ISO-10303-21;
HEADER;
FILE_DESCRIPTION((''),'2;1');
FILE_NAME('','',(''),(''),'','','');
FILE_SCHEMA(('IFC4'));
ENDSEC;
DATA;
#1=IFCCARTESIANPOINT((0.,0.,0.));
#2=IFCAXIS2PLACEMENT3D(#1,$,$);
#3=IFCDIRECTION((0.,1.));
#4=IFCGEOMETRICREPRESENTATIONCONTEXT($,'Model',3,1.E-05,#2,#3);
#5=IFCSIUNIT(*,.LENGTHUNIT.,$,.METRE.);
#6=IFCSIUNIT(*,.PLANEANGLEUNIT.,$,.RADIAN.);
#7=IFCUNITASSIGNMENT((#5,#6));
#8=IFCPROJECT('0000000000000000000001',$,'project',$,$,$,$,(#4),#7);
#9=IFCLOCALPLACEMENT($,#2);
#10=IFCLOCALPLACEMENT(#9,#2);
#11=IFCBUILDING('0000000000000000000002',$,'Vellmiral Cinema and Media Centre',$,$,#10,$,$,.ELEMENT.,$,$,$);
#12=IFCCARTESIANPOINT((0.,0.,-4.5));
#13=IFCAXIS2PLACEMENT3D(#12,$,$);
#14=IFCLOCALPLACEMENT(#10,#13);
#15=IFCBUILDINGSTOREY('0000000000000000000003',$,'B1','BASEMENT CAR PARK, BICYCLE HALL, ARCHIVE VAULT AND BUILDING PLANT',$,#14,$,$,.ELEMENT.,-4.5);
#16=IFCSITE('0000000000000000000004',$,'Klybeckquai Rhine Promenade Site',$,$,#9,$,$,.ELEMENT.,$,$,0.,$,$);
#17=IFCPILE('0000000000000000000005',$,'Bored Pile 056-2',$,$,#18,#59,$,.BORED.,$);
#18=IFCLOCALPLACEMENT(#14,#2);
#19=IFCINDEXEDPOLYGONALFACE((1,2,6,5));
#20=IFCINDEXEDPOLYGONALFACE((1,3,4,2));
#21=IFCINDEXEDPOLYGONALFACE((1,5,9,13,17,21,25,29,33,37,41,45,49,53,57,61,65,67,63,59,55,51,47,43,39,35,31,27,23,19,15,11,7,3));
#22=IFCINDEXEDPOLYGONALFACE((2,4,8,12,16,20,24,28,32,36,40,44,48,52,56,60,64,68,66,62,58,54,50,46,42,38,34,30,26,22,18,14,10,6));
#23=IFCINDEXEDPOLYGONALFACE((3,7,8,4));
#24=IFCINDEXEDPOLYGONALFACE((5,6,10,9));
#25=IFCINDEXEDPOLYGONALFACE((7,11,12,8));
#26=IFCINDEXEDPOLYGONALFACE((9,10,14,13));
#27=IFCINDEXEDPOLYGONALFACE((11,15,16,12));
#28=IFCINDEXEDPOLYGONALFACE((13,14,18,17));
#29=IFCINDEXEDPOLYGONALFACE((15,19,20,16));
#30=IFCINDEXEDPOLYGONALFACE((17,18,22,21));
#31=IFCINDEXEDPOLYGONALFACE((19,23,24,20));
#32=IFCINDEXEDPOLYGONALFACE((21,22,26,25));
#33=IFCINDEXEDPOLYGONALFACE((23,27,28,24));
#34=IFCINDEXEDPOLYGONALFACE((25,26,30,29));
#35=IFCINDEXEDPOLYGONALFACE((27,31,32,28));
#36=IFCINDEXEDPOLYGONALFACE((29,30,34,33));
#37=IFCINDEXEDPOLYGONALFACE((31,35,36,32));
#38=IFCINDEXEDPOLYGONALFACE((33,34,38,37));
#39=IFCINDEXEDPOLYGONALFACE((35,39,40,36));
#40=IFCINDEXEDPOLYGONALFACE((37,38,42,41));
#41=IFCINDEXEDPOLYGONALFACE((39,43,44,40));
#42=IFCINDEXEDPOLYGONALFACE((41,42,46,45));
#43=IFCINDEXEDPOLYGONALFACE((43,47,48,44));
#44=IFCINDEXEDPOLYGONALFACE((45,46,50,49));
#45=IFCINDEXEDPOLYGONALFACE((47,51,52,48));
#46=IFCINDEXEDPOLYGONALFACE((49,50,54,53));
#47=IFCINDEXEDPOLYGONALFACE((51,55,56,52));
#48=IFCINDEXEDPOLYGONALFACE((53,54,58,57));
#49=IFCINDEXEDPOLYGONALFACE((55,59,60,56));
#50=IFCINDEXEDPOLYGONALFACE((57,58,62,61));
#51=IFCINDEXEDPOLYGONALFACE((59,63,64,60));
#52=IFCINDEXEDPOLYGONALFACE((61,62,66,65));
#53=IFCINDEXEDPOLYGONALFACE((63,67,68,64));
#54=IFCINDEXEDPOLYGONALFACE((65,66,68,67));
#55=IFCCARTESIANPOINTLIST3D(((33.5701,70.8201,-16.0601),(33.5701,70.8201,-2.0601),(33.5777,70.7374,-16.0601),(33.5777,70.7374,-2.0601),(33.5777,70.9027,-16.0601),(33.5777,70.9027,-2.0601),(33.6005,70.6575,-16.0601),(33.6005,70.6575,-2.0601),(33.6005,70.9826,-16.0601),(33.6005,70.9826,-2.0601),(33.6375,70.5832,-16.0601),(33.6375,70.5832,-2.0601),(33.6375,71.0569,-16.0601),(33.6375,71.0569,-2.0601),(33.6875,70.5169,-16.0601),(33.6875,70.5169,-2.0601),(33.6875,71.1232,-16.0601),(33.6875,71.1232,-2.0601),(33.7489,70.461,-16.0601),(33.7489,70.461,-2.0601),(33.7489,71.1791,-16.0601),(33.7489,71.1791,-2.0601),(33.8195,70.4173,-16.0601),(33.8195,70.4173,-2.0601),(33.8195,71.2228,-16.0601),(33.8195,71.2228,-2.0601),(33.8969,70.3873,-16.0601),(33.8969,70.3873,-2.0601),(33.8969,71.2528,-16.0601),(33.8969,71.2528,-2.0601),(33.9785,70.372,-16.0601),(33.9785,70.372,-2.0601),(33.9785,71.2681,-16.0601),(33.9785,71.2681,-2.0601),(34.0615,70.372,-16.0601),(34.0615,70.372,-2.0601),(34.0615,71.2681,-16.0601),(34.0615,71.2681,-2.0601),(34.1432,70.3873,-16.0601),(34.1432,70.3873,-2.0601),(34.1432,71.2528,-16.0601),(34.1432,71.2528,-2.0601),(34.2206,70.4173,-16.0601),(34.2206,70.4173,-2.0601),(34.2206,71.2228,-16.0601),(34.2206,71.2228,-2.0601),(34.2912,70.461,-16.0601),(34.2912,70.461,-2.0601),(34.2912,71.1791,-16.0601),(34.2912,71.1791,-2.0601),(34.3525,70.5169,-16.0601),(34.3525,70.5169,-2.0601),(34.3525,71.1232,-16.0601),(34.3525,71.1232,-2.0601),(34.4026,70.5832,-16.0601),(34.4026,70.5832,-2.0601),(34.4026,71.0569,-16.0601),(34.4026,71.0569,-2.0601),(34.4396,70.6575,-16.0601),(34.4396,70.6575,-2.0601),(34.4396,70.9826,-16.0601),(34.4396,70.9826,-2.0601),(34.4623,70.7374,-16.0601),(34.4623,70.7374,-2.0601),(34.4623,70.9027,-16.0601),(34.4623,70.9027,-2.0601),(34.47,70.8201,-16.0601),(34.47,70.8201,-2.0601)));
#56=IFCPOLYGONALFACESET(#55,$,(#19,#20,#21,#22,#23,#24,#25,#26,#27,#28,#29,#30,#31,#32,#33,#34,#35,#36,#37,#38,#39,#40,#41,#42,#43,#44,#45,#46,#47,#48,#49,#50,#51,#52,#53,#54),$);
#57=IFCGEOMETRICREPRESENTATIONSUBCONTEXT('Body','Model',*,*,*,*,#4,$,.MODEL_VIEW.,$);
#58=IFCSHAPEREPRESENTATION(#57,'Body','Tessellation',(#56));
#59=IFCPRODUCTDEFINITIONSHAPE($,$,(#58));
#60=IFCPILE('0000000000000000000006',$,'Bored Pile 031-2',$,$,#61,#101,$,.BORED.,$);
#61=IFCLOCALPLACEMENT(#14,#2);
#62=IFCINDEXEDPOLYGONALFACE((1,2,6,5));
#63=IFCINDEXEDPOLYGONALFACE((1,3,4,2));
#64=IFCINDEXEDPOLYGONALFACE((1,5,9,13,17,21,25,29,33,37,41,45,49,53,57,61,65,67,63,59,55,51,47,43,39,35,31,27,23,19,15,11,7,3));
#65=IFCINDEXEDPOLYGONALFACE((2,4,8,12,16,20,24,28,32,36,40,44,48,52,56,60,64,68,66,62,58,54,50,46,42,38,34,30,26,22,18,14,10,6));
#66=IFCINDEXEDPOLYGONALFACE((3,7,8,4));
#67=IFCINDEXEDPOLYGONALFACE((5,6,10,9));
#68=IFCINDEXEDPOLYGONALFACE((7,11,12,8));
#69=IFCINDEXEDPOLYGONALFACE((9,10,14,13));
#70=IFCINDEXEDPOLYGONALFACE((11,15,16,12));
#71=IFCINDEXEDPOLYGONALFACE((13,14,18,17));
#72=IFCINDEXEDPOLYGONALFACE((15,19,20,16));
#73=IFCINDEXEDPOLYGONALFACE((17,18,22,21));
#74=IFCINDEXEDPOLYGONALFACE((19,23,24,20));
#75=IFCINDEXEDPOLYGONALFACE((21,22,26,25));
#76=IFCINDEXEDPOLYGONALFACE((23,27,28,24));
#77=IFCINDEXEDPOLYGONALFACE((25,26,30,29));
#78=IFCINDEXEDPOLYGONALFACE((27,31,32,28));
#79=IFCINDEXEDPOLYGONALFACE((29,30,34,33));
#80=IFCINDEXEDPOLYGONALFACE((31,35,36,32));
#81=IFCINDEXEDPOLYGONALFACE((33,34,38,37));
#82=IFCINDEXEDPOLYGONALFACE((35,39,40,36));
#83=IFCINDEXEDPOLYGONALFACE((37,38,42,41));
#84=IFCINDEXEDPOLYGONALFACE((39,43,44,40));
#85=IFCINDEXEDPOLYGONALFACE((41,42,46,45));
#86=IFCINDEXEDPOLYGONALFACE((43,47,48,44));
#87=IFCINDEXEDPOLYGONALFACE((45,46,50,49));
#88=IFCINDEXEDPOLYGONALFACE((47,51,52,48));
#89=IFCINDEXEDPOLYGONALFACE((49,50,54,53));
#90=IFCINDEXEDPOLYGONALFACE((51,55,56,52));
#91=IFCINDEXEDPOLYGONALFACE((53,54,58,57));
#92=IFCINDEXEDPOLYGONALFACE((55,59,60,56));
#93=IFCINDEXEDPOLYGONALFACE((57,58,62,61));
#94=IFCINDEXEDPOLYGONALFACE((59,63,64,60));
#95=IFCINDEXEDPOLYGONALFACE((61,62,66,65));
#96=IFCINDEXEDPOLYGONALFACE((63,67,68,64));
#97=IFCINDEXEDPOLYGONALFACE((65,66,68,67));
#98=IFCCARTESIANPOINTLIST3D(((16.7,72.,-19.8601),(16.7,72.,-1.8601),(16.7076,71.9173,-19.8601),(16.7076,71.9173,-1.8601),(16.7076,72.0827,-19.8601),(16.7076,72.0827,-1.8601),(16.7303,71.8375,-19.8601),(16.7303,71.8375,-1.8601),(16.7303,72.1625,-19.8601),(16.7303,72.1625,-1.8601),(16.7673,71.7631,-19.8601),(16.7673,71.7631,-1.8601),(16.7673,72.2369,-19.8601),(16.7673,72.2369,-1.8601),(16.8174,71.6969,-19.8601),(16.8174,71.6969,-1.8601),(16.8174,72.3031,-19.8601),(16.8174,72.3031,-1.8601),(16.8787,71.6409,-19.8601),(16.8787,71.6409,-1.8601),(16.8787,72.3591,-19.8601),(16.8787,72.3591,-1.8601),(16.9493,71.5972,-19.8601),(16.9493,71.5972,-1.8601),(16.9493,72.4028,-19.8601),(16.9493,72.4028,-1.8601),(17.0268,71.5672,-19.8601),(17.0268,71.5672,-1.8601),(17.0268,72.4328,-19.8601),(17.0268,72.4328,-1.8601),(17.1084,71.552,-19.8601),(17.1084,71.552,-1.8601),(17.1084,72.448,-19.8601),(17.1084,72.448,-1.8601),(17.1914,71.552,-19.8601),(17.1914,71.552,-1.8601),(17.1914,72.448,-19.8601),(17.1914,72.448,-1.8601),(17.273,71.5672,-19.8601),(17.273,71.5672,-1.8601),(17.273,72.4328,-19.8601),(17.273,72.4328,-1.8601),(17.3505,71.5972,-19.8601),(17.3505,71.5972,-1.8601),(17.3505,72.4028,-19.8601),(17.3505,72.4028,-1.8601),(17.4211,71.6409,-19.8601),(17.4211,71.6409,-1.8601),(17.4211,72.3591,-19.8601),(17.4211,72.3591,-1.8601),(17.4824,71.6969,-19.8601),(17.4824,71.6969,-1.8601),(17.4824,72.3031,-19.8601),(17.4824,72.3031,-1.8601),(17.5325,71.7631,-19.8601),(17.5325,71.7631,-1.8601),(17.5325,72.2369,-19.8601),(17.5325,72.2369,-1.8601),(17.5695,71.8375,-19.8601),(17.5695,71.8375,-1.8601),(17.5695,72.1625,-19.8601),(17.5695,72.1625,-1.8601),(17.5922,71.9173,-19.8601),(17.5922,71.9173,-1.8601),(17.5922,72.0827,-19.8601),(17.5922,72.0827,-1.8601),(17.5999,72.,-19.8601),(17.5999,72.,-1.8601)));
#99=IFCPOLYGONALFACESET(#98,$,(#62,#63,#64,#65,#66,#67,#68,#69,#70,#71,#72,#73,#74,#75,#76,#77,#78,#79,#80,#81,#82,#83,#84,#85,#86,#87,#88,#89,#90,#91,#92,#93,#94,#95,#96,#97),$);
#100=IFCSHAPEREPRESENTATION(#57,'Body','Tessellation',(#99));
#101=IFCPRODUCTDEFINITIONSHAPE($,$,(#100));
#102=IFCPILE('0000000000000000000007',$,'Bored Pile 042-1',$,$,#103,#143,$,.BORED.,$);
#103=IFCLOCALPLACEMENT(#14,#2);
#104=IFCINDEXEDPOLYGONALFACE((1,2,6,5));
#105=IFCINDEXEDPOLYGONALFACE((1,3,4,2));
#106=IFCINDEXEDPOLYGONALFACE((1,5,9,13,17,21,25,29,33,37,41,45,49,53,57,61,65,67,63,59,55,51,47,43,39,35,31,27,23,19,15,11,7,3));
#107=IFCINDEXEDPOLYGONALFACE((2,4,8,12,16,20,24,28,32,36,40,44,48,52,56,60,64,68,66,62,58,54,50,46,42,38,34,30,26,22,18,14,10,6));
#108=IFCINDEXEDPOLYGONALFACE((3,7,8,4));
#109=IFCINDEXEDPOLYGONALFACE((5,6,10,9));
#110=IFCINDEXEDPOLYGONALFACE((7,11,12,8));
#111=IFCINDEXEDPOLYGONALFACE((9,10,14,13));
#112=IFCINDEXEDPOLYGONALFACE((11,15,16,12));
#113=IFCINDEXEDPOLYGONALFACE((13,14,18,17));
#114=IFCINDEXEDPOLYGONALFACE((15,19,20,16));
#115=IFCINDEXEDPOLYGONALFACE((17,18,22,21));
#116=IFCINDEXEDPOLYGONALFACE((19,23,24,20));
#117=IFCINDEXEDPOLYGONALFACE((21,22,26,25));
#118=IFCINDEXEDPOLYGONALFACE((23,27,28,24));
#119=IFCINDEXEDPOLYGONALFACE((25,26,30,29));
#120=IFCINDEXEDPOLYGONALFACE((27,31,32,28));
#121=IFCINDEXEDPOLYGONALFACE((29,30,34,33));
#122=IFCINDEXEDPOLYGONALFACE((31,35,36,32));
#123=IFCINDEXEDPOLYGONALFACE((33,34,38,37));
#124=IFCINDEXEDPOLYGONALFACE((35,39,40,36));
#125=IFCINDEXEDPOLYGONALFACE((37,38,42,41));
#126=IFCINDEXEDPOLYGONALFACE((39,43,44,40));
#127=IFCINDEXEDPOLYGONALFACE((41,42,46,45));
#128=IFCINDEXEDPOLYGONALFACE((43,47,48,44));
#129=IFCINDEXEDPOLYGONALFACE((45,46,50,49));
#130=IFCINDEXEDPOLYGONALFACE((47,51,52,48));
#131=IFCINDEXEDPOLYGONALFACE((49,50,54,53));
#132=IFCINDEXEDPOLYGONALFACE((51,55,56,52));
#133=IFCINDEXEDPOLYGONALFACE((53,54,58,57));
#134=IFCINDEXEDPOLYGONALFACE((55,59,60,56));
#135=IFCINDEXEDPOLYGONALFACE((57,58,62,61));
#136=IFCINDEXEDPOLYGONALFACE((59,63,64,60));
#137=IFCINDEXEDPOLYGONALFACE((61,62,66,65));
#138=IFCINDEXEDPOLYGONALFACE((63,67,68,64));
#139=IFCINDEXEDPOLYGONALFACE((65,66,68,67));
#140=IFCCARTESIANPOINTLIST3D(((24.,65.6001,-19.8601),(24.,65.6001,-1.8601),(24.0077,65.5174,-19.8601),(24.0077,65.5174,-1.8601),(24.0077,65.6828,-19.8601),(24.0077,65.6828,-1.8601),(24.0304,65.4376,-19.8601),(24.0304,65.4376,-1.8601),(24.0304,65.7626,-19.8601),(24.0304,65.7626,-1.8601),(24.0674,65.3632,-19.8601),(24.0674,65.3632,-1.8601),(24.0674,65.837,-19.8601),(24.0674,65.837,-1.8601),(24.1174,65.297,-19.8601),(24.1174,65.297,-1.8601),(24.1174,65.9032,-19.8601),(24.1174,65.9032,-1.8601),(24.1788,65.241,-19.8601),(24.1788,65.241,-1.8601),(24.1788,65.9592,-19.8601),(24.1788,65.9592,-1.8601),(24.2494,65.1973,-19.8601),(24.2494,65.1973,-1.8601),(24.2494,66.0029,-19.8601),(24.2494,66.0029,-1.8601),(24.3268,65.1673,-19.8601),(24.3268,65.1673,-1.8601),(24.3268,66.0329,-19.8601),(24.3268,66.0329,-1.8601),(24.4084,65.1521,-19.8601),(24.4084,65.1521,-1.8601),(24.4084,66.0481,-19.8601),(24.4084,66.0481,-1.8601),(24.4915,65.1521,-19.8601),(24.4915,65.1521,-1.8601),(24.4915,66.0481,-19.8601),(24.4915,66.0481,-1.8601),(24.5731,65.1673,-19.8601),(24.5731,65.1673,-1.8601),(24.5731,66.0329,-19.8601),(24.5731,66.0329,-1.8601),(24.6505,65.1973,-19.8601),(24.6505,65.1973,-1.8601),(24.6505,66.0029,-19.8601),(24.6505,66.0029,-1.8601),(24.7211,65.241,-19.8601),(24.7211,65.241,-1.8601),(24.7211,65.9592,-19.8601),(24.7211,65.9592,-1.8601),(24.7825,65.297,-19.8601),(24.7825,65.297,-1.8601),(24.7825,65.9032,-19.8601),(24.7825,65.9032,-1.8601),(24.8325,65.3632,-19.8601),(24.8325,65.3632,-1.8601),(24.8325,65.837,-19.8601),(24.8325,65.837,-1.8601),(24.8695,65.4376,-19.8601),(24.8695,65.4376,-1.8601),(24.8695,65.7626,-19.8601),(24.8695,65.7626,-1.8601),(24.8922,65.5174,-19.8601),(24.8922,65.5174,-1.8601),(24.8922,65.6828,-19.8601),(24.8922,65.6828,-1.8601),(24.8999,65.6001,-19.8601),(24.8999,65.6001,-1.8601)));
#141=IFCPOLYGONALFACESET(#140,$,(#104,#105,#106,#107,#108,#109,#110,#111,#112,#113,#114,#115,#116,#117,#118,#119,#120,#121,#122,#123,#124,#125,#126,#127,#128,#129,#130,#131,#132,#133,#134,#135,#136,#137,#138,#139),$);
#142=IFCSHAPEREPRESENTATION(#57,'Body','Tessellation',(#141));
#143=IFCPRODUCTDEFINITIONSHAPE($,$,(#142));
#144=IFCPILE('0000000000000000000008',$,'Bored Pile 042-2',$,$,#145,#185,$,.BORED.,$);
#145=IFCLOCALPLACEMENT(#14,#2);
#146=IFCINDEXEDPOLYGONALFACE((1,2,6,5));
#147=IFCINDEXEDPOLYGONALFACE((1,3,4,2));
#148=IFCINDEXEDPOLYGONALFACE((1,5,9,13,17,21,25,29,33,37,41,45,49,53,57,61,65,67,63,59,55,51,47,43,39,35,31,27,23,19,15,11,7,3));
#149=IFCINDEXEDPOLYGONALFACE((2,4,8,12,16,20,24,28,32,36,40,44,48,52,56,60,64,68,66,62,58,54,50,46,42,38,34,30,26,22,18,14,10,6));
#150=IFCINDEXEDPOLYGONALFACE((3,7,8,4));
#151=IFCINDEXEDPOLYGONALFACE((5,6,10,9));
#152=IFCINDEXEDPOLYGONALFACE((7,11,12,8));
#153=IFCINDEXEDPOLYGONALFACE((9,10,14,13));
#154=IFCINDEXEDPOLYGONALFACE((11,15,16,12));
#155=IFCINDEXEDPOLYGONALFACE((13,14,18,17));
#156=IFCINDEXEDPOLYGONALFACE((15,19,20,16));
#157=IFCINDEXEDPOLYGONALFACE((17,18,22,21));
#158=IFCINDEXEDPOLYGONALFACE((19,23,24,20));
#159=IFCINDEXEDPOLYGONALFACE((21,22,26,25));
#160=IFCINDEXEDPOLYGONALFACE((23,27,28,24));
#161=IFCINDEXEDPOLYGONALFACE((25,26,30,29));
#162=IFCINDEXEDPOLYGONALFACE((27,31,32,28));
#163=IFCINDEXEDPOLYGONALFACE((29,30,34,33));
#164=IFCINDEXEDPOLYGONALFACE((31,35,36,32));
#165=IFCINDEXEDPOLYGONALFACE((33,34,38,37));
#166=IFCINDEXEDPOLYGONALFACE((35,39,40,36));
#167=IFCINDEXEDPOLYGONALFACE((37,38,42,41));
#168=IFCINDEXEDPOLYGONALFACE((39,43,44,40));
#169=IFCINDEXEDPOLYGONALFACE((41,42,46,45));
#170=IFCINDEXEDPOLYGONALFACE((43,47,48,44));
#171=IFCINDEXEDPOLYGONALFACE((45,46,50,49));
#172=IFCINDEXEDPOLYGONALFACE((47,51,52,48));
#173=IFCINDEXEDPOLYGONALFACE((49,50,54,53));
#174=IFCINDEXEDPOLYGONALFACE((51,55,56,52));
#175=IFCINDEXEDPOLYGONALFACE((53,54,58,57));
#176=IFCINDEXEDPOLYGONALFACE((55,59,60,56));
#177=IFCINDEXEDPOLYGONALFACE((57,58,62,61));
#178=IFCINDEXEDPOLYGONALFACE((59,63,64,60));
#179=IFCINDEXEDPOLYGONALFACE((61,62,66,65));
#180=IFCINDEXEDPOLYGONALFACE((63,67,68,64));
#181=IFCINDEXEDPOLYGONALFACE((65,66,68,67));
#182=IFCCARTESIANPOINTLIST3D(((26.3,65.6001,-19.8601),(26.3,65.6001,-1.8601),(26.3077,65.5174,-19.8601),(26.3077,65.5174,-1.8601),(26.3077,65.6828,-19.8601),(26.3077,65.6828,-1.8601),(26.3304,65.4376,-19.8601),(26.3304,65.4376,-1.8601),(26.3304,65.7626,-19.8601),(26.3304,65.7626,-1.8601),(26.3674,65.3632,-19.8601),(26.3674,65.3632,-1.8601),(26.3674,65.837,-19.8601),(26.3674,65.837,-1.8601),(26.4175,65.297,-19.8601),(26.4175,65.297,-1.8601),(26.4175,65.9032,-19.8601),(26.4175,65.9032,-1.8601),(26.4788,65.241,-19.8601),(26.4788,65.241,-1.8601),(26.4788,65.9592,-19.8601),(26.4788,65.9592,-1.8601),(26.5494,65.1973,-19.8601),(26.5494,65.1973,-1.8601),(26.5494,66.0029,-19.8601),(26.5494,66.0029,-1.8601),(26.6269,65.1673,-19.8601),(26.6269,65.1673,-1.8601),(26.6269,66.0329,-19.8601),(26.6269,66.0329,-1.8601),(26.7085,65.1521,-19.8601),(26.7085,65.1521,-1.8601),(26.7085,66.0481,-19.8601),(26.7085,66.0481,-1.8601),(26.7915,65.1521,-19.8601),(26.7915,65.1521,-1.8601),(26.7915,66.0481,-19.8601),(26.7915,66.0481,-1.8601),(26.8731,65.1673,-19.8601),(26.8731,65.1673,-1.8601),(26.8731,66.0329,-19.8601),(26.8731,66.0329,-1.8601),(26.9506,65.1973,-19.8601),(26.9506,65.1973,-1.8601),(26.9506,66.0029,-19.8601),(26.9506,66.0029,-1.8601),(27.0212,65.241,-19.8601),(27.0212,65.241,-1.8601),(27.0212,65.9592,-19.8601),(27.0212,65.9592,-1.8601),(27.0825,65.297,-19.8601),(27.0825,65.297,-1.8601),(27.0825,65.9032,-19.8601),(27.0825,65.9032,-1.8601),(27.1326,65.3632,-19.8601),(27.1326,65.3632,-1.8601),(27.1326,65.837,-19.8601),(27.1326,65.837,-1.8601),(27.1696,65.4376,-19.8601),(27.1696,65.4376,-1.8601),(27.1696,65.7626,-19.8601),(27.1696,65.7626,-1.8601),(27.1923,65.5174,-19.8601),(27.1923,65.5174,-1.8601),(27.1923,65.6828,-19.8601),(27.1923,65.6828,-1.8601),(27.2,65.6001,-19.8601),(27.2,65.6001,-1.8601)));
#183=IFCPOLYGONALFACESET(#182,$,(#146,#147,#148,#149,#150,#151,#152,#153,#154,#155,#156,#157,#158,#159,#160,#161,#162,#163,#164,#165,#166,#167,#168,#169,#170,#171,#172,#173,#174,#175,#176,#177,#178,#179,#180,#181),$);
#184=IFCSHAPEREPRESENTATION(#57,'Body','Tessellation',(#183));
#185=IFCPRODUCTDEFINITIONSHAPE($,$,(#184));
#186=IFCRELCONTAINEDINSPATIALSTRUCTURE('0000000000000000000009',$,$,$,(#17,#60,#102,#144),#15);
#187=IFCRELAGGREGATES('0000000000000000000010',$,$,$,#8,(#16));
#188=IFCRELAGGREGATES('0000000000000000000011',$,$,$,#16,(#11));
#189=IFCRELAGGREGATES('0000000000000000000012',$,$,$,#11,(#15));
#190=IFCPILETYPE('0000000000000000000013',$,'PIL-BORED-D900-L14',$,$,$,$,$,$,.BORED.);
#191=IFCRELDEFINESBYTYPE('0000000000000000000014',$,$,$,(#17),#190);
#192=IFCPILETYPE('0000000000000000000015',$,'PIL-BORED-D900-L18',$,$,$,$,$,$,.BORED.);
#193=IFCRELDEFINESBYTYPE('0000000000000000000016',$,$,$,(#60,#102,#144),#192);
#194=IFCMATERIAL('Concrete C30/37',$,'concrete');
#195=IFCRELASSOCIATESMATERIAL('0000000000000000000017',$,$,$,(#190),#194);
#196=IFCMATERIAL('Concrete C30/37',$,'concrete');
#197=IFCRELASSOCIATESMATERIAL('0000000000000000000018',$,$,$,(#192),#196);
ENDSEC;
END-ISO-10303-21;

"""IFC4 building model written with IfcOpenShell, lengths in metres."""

from ifc_helpers import new_model, si_unit, direction, frame, origin, origin_2d, place, context, subcontext, project, spatial, circle, extrude, material, material_profile, profile_set, type_object, element, save


model = new_model("IFC4")

# Units and contexts
model_context = context("Model", 3, precision=1e-05, world=origin(), true_north=direction((0.0, 1.0)))
body_context = subcontext(model_context, "Body", "Model", "MODEL_VIEW")
ifc_project = project(units=[si_unit("LENGTHUNIT", "METRE"), si_unit("PLANEANGLEUNIT", "RADIAN")], contexts=[model_context])

# Site, building, storey
site_placement = place(None, origin())
site = spatial("IfcSite", under=ifc_project, at=site_placement, Name="Klybeckquai Rhine Promenade Site", CompositionType="ELEMENT", RefElevation=0.0)
building_placement = place(site_placement, origin())
building = spatial("IfcBuilding", under=site, at=building_placement, Name="Vellmiral Cinema and Media Centre", CompositionType="ELEMENT")
storey_placement = place(building_placement, frame((0.0, 0.0, -4.5)))
storey = spatial("IfcBuildingStorey", under=building, at=storey_placement, Name="B1", Description="BASEMENT CAR PARK, BICYCLE HALL, ARCHIVE VAULT AND BUILDING PLANT", CompositionType="ELEMENT", Elevation=-4.5)

# Piles
ifc_material_1 = material(Name="Concrete C30/37", Category="concrete")
ifc_material_profile_1 = material_profile(ifc_material_1, circle(Radius=0.45, at=origin_2d()), Name="PILE D900")
ifc_profile_set_1 = profile_set([ifc_material_profile_1], Name="Concrete C30/37")
pile_type_1 = type_object("IfcPileType", Name="PIL-BORED-D900-L14", PredefinedType="BORED", material=ifc_profile_set_1)
for number, where, z_axis, x_axis, name in (
    (1, (34.02, 70.8201, -2.0601), (0.0, 0.0, -1.0), (1.0, 0.0, 0.0), "Bored Pile 056-2"),
):
    element("IfcPile", number, at=place(storey_placement, frame(where, z_axis=z_axis, x_axis=x_axis)), inside=storey, type_object=pile_type_1, Name=name, PredefinedType="BORED", context=body_context, shape_type="SweptSolid", body=[
        extrude(circle(Radius=0.45, at=origin_2d()), origin(), (0.0, 0.0, 1.0), 14.0),
    ])
ifc_material_2 = material(Name="Concrete C30/37", Category="concrete")
ifc_material_profile_2 = material_profile(ifc_material_2, circle(Radius=0.45, at=origin_2d()), Name="PILE D900")
ifc_profile_set_2 = profile_set([ifc_material_profile_2], Name="Concrete C30/37")
pile_type_2 = type_object("IfcPileType", Name="PIL-BORED-D900-L18", PredefinedType="BORED", material=ifc_profile_set_2)
for number, where, z_axis, x_axis, name in (
    (2, (17.1499, 72.0, -1.8601), (0.0, 0.0, -1.0), (1.0, 0.0, 0.0), "Bored Pile 031-2"),
    (3, (24.45, 65.6001, -1.8601), (0.0, 0.0, -1.0), (1.0, 0.0, 0.0), "Bored Pile 042-1"),
    (4, (26.75, 65.6001, -1.8601), (0.0, 0.0, -1.0), (1.0, 0.0, 0.0), "Bored Pile 042-2"),
):
    element("IfcPile", number, at=place(storey_placement, frame(where, z_axis=z_axis, x_axis=x_axis)), inside=storey, type_object=pile_type_2, Name=name, PredefinedType="BORED", context=body_context, shape_type="SweptSolid", body=[
        extrude(circle(Radius=0.45, at=origin_2d()), origin(), (0.0, 0.0, 1.0), 18.0),
    ])

save(model, "model.ifc")
